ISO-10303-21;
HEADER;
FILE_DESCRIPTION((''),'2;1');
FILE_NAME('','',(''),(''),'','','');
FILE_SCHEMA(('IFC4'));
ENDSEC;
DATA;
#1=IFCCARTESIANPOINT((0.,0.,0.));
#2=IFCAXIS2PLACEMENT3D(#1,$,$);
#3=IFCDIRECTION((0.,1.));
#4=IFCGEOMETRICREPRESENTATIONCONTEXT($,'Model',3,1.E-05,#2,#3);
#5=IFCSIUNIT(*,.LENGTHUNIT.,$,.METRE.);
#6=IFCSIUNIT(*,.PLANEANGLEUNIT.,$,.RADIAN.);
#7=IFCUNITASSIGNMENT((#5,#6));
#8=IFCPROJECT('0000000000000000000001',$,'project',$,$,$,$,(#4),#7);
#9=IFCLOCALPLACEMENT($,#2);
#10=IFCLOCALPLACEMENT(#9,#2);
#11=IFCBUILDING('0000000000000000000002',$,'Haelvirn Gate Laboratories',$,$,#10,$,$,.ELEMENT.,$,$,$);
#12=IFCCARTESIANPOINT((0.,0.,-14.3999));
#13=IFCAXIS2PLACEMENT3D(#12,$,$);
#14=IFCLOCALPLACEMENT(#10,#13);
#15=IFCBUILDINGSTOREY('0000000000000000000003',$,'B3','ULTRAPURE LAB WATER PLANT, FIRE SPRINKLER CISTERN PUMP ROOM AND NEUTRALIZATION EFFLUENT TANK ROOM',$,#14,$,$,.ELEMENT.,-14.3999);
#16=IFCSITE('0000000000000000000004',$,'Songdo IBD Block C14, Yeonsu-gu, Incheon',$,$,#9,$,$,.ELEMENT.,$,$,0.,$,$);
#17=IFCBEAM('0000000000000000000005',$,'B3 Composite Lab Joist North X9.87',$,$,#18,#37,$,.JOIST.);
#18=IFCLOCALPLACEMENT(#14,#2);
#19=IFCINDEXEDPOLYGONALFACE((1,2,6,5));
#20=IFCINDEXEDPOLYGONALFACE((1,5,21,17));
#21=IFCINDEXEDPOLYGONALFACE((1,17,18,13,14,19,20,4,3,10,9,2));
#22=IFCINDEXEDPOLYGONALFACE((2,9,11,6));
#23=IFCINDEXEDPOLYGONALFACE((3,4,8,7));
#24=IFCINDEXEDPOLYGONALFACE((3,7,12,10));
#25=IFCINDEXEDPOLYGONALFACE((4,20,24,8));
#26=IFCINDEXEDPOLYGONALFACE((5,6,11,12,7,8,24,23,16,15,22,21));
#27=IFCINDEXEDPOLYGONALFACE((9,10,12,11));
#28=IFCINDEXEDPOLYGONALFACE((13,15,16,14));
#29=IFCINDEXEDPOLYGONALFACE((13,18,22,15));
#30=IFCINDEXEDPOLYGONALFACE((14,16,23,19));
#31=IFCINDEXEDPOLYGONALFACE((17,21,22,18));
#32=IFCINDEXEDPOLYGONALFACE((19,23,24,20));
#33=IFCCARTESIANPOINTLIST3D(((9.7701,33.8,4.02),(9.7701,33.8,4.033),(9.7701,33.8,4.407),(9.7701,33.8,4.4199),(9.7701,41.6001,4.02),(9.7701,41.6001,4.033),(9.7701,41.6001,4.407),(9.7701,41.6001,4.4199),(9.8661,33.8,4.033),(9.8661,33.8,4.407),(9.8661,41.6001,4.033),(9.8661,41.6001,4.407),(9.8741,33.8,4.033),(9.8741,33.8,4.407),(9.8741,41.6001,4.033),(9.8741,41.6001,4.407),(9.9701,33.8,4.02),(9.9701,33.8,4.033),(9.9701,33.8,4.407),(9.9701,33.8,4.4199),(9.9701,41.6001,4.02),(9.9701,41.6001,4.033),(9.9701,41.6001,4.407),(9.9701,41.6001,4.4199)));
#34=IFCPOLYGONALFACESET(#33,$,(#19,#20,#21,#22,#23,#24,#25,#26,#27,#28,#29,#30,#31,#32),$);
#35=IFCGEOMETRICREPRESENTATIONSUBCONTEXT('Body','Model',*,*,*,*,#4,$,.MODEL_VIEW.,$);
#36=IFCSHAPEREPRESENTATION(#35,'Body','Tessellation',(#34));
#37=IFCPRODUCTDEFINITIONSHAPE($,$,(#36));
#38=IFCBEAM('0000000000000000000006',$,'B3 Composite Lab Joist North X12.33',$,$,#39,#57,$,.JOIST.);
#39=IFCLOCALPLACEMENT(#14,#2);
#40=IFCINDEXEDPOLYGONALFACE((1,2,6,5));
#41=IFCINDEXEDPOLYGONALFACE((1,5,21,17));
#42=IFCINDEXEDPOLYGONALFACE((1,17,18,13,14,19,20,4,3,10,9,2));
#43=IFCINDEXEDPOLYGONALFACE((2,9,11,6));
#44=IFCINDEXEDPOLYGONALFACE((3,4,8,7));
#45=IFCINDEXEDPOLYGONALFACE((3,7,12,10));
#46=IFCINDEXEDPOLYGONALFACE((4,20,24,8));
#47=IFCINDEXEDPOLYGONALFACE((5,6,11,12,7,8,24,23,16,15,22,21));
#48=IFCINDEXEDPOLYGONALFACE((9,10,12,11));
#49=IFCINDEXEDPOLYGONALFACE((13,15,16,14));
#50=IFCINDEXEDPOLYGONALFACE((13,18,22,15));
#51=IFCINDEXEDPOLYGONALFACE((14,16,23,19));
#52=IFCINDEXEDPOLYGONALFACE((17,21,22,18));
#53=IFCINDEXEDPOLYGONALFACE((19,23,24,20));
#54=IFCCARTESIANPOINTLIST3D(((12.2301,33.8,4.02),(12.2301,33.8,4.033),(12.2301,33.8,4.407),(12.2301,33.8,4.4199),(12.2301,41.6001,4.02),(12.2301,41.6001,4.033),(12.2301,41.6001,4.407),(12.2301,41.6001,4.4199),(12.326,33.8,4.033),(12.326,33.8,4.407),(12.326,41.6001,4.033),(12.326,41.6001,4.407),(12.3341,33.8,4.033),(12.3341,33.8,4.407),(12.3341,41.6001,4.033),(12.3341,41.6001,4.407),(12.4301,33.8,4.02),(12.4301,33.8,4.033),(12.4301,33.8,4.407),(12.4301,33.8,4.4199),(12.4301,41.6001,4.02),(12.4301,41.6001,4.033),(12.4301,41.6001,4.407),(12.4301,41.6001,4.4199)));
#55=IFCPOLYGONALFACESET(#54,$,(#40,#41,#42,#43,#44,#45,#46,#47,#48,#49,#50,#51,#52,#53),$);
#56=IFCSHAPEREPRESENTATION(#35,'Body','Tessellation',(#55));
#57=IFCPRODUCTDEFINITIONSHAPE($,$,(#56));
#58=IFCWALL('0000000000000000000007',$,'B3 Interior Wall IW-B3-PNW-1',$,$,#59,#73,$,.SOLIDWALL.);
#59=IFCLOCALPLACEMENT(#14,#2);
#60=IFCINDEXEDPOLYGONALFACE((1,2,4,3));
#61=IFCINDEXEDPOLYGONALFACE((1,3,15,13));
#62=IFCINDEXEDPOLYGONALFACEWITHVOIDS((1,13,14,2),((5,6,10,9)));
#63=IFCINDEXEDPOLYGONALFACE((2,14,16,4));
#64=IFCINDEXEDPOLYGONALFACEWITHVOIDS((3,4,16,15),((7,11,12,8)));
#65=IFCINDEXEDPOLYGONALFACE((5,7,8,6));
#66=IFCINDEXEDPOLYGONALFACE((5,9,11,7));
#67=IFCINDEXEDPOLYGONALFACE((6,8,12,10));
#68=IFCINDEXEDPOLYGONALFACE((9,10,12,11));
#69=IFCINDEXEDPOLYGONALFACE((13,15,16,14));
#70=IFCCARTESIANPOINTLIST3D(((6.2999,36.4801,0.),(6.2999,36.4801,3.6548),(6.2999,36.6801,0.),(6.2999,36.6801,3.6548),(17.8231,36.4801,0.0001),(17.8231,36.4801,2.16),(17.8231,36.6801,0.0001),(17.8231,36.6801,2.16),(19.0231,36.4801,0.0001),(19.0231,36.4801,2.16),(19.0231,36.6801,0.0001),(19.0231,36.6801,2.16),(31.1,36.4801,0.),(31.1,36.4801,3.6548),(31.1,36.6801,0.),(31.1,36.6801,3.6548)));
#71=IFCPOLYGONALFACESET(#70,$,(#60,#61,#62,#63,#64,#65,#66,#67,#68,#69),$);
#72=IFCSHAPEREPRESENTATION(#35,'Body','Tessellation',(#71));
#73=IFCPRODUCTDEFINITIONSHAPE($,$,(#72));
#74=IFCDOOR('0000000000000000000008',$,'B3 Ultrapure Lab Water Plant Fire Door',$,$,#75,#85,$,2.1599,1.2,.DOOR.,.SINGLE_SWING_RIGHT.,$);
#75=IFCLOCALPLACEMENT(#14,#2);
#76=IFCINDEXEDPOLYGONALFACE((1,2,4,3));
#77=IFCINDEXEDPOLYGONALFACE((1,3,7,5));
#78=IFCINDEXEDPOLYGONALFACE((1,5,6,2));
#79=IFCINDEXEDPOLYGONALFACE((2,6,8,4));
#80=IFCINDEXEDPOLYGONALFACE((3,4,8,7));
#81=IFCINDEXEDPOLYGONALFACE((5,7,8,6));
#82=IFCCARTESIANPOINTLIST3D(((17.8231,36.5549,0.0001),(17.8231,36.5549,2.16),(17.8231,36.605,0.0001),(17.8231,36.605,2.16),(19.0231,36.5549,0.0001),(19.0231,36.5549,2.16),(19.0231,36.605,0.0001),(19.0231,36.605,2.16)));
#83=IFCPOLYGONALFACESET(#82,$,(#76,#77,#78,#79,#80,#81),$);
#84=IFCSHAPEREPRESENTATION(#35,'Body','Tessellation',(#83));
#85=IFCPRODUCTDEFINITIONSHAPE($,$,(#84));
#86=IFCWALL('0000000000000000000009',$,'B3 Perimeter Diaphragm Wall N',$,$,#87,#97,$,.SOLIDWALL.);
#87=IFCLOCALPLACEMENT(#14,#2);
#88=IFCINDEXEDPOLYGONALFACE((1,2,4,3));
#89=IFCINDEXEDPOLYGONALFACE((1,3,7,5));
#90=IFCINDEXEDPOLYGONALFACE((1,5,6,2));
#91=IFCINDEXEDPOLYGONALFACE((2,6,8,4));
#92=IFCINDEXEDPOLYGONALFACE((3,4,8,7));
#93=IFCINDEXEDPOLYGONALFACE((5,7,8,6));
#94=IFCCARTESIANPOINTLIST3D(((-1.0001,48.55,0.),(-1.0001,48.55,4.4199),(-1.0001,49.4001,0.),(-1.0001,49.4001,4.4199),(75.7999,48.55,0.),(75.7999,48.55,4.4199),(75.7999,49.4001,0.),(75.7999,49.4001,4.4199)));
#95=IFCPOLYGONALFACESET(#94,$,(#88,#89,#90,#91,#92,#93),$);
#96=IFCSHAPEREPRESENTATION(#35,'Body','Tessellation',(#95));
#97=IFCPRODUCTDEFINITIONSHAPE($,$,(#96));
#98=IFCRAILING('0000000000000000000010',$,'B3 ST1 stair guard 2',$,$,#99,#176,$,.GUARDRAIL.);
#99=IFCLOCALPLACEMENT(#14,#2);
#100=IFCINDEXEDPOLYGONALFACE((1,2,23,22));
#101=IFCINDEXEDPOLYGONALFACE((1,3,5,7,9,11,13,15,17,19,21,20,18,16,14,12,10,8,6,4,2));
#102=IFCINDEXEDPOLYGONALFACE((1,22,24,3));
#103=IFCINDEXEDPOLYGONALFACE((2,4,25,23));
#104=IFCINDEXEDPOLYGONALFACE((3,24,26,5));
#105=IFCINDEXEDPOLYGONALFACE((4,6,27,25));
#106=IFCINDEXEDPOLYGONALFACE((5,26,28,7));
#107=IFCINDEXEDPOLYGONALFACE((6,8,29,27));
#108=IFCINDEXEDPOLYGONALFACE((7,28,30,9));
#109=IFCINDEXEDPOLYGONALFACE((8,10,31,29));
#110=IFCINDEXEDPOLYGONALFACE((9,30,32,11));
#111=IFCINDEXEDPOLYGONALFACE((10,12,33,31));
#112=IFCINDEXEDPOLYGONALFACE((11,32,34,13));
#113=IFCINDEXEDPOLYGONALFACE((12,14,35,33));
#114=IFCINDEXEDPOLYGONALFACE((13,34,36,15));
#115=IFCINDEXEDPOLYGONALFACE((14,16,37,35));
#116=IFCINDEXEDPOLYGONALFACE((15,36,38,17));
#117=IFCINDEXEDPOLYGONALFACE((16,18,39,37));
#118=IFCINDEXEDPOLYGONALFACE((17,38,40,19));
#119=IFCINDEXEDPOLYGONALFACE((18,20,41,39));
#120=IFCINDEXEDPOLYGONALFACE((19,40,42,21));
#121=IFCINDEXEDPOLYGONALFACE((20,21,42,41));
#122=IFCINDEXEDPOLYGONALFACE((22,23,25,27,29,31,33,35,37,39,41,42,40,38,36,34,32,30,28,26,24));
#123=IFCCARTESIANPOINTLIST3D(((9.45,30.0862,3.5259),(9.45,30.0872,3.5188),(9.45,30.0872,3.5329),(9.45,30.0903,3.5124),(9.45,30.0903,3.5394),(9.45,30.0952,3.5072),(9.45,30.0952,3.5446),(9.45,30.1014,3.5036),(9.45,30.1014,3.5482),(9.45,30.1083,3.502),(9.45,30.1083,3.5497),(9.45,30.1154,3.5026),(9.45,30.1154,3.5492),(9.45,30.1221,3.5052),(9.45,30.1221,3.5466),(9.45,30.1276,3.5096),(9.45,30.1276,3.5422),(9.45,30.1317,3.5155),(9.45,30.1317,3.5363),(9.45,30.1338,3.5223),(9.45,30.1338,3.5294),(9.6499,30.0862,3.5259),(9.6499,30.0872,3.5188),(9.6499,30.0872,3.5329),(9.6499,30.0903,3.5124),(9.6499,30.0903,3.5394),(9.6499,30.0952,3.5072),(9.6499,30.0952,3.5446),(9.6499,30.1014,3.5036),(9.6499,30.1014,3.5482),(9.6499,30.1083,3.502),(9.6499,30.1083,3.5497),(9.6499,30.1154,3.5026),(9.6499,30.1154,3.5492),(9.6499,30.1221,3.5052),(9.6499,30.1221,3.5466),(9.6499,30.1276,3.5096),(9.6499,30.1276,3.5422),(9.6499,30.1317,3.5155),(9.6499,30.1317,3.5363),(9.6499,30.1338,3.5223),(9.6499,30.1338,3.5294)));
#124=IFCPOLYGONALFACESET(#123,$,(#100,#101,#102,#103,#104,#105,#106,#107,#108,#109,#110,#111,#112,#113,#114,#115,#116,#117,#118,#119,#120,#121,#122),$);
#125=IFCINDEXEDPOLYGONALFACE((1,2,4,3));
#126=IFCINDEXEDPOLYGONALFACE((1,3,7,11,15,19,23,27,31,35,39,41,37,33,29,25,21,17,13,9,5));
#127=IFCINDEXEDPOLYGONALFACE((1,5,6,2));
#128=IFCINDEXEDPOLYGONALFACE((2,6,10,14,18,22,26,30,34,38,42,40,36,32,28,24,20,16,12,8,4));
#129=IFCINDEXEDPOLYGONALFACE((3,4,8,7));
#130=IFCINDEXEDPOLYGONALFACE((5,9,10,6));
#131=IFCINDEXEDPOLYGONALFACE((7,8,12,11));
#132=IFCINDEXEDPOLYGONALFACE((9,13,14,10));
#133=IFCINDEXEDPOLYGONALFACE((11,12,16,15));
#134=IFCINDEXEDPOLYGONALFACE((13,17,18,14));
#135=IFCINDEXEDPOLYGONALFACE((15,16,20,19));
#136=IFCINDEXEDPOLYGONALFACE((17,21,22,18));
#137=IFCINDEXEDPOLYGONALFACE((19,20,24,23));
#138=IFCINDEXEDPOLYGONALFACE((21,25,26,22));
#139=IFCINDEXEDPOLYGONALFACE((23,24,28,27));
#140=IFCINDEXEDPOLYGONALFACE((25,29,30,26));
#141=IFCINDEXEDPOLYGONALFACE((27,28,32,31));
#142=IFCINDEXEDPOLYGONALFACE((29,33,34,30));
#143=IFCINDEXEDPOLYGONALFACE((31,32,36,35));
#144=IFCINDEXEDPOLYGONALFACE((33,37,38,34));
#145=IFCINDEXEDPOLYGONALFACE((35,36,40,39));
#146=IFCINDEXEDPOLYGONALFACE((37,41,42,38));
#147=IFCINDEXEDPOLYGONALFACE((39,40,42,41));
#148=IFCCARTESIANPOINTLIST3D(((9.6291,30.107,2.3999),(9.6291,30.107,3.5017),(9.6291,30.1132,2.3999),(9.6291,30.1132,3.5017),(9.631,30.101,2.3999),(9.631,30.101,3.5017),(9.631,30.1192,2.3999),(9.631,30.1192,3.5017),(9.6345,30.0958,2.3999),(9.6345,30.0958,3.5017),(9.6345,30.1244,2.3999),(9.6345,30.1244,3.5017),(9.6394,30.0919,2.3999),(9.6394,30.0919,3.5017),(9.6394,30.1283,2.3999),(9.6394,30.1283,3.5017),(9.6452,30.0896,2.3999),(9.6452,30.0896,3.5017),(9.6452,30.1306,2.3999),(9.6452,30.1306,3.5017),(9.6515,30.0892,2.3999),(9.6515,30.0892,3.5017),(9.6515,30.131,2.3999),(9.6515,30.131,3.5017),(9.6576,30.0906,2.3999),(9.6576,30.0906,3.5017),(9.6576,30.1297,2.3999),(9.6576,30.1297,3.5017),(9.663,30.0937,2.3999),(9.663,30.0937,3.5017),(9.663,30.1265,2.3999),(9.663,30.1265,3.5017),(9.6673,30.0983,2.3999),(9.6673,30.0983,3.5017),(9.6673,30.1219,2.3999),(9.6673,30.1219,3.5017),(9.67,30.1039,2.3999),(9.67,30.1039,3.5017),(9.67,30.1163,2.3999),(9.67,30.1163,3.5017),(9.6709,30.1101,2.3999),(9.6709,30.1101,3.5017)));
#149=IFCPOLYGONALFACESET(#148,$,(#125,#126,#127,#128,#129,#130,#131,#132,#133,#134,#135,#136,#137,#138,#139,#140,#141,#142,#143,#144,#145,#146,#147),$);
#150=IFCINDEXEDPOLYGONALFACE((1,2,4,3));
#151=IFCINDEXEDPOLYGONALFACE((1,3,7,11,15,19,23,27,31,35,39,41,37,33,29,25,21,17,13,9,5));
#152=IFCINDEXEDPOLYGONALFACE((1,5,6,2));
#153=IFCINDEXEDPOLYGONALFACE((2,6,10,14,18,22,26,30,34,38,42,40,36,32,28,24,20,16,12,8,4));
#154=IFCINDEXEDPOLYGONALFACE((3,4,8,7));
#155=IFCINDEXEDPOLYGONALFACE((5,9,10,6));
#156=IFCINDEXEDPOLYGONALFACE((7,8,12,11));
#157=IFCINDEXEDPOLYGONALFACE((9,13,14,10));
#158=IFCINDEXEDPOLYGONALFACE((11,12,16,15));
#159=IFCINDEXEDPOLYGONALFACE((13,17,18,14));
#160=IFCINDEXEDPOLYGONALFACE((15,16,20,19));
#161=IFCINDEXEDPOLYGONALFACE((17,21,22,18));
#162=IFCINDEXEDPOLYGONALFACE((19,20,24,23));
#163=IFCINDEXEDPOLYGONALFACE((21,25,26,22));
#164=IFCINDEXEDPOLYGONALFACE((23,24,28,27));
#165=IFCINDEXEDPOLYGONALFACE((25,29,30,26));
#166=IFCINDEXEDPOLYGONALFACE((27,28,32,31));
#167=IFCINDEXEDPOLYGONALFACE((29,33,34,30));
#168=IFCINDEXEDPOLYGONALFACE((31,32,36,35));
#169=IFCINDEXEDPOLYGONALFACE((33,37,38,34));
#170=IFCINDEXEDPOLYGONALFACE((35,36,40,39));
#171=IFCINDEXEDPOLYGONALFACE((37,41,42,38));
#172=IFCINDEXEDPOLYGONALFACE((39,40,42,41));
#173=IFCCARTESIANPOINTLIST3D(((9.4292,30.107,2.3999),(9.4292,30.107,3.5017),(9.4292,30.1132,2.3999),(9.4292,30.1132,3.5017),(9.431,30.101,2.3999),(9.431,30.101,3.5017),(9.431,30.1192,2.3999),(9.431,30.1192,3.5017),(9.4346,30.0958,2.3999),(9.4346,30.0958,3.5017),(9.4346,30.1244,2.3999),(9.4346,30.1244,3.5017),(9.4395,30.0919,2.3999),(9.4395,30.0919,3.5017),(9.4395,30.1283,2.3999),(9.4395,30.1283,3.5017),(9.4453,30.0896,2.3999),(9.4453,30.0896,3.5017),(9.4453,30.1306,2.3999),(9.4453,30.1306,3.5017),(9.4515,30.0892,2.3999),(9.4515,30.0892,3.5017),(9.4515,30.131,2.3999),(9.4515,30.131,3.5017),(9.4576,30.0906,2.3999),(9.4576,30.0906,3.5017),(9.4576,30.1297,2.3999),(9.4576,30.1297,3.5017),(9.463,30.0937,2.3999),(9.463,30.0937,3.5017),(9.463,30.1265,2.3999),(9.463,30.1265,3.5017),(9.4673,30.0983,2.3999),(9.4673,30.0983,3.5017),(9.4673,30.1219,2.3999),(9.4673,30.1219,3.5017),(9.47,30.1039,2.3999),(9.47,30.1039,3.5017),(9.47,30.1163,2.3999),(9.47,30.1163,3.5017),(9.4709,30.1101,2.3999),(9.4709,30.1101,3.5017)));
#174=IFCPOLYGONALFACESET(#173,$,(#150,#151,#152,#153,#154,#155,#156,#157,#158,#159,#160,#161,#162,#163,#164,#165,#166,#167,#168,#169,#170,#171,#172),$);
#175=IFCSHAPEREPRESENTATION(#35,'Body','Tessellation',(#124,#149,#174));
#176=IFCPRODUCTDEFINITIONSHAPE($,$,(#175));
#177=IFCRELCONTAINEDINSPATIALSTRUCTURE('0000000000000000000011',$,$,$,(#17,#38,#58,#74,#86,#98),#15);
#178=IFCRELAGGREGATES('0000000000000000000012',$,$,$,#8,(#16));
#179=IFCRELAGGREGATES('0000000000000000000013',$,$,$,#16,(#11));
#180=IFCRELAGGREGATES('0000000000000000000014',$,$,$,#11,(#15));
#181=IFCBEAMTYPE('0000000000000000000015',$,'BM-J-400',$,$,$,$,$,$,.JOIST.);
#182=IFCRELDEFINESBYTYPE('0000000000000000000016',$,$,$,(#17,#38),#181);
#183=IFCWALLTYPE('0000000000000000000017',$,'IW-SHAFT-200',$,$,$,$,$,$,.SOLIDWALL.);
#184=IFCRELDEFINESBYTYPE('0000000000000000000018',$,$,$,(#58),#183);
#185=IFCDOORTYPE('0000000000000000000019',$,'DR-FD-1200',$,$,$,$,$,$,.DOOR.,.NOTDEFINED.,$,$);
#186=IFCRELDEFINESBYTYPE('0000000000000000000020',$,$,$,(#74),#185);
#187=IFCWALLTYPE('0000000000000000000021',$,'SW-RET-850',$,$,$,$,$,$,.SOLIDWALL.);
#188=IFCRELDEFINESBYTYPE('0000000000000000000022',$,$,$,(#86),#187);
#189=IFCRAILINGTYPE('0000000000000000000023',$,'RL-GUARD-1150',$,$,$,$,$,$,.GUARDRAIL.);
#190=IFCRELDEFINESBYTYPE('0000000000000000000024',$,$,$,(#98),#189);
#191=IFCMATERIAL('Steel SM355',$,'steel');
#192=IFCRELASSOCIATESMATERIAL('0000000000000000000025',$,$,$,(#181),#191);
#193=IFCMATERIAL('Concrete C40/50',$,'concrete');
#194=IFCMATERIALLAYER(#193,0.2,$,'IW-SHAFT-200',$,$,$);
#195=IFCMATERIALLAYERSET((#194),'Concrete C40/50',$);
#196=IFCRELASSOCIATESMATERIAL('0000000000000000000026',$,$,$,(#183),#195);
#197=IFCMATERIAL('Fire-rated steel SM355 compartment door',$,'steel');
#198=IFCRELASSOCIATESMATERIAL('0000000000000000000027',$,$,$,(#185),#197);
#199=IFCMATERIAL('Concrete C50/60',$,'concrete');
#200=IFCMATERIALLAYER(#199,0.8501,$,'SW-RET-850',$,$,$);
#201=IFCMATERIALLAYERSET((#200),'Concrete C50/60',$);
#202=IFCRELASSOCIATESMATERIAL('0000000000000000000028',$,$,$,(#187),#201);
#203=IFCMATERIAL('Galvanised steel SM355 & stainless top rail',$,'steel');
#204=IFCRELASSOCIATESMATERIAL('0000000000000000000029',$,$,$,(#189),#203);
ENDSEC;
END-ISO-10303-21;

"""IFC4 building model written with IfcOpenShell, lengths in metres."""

from ifc_helpers import new_model, si_unit, direction, frame, frame_2d, origin, origin_2d, place, context, subcontext, project, spatial, rectangle, circle, i_section, extrude, source, transform, mapped, material, layer, layer_set, material_profile, profile_set, type_object, type_shapes, element, fill, save


model = new_model("IFC4")

# Units and contexts
model_context = context("Model", 3, precision=1e-05, world=origin(), true_north=direction((0.0, 1.0)))
body_context = subcontext(model_context, "Body", "Model", "MODEL_VIEW")
ifc_project = project(units=[si_unit("LENGTHUNIT", "METRE"), si_unit("PLANEANGLEUNIT", "RADIAN")], contexts=[model_context])

# Site, building, storey
site_placement = place(None, origin())
site = spatial("IfcSite", under=ifc_project, at=site_placement, Name="Songdo IBD Block C14, Yeonsu-gu, Incheon", CompositionType="ELEMENT", RefElevation=0.0)
building_placement = place(site_placement, origin())
building = spatial("IfcBuilding", under=site, at=building_placement, Name="Haelvirn Gate Laboratories", CompositionType="ELEMENT")
storey_placement = place(building_placement, frame((0.0, 0.0, -14.3999)))
storey = spatial("IfcBuildingStorey", under=building, at=storey_placement, Name="B3", Description="ULTRAPURE LAB WATER PLANT, FIRE SPRINKLER CISTERN PUMP ROOM AND NEUTRALIZATION EFFLUENT TANK ROOM", CompositionType="ELEMENT", Elevation=-14.3999)

# Shared definitions
ifc_material_1 = material(Name="Concrete C50/60", Category="concrete")

# Beams
ifc_material_2 = material(Name="Steel SM355", Category="steel")
ifc_material_profile_1 = material_profile(ifc_material_2, i_section(OverallWidth=0.2, OverallDepth=0.3999, WebThickness=0.0081, FlangeThickness=0.0129, at=origin_2d()), Name="H-400x200x8x13")
ifc_profile_set_1 = profile_set([ifc_material_profile_1], Name="Steel SM355")
beam_type_1 = type_object("IfcBeamType", Name="BM-J-400", PredefinedType="JOIST", material=ifc_profile_set_1)
shared_shape_1 = source(origin(), body_context, "Body", "SweptSolid", [
    extrude(i_section(OverallWidth=0.2, OverallDepth=0.3999, WebThickness=0.0081, FlangeThickness=0.0129, at=origin_2d()), origin(), (0.0, 0.0, 1.0), 7.8),
])
type_shapes(beam_type_1, [shared_shape_1])
for number, where, z_axis, x_axis, name in (
    (1, (9.8701, 33.8, 4.22), (0.0, 1.0, 0.0), (-1.0, 0.0, 0.0), "B3 Composite Lab Joist North X9.87"),
    (2, (12.3301, 33.8, 4.22), (0.0, 1.0, 0.0), (-1.0, 0.0, 0.0), "B3 Composite Lab Joist North X12.33"),
):
    element("IfcBeam", number, at=place(storey_placement, frame(where, z_axis=z_axis, x_axis=x_axis)), inside=storey, type_object=beam_type_1, Name=name, PredefinedType="JOIST", context=body_context, shape_type="MappedRepresentation", body=[
        mapped(shared_shape_1, transform((0.0, 0.0, 0.0), scale=1.0)),
    ])

# Wall, opening, door
ifc_material_3 = material(Name="Concrete C40/50", Category="concrete")
ifc_layer_1 = layer(ifc_material_3, 0.2, Name="IW-SHAFT-200")
ifc_layer_set_1 = layer_set([ifc_layer_1], Name="Concrete C40/50")
wall_type_1 = type_object("IfcWallType", Name="IW-SHAFT-200", PredefinedType="SOLIDWALL", material=ifc_layer_set_1)
wall_1_placement = place(storey_placement, frame((6.3, 36.5801, 0.0), z_axis=(0.0, 0.0, 1.0), x_axis=(1.0, 0.0, 0.0)))
wall_1 = element("IfcWall", 3, at=wall_1_placement, inside=storey, type_object=wall_type_1, Name="B3 Interior Wall IW-B3-PNW-1", PredefinedType="SOLIDWALL", context=body_context, shape_type="SweptSolid", body=[
    extrude(rectangle(XDim=24.8, YDim=0.2, at=frame_2d((12.3999, 0.0))), origin(), (0.0, 0.0, 1.0), 3.6548),
])
opening_1_placement = place(wall_1_placement, frame((11.5229, 0.0, 0.0)))
opening_1 = element("IfcOpeningElement", 4, at=opening_1_placement, cuts=wall_1, PredefinedType="OPENING", context=body_context, shape_type="SweptSolid", body=[
    extrude(rectangle(XDim=1.2, YDim=2.1599, at=frame_2d((0.6001, 1.0801))), frame((0.0, 0.1099, 0.0), z_axis=(0.0, -1.0, 0.0), x_axis=(1.0, 0.0, 0.0)), (0.0, 0.0, 1.0), 0.22),
])
ifc_material_4 = material(Name="Fire-rated steel SM355 compartment door", Category="steel")
door_type_1 = type_object("IfcDoorType", Name="DR-FD-1200", OperationType="NOTDEFINED", PredefinedType="DOOR", material=ifc_material_4)
shared_shape_2 = source(origin(), body_context, "Body", "SweptSolid", [
    extrude(rectangle(XDim=1.2, YDim=2.1599, at=frame_2d((0.6001, 1.0801))), frame((0.0, 0.0249, 0.0), z_axis=(0.0, -1.0, 0.0), x_axis=(1.0, 0.0, 0.0)), (0.0, 0.0, 1.0), 0.05),
])
type_shapes(door_type_1, [shared_shape_2])
door_1_placement = place(opening_1_placement, origin())
door_1 = element("IfcDoor", 5, at=door_1_placement, inside=storey, type_object=door_type_1, Name="B3 Ultrapure Lab Water Plant Fire Door", OperationType="SINGLE_SWING_RIGHT", OverallHeight=2.1599, OverallWidth=1.2, PredefinedType="DOOR", context=body_context, shape_type="MappedRepresentation", body=[
    mapped(shared_shape_2, transform((0.0, 0.0, 0.0), scale=1.0)),
])
fill(opening_1, door_1)

# Wall
ifc_layer_2 = layer(ifc_material_1, 0.8501, Name="SW-RET-850")
ifc_layer_set_2 = layer_set([ifc_layer_2], Name="Concrete C50/60")
wall_type_2 = type_object("IfcWallType", Name="SW-RET-850", PredefinedType="SOLIDWALL", material=ifc_layer_set_2)
wall_2_placement = place(storey_placement, frame((-1.0, 48.9751, 0.0), z_axis=(0.0, 0.0, 1.0), x_axis=(1.0, 0.0, 0.0)))
element("IfcWall", 6, at=wall_2_placement, inside=storey, type_object=wall_type_2, Name="B3 Perimeter Diaphragm Wall N", PredefinedType="SOLIDWALL", context=body_context, shape_type="SweptSolid", body=[
    extrude(rectangle(XDim=76.8, YDim=0.8501, at=frame_2d((38.3999, 0.0))), origin(), (0.0, 0.0, 1.0), 4.4199),
])

# Railing
ifc_material_5 = material(Name="Galvanised steel SM355 & stainless top rail", Category="steel")
railing_type = type_object("IfcRailingType", Name="RL-GUARD-1150", PredefinedType="GUARDRAIL", material=ifc_material_5)
shared_shape_3 = source(origin(), body_context, "Body", "SweptSolid", [
    extrude(circle(Radius=0.0239, at=origin_2d()), frame((0.0, 0.0, 1.126), z_axis=(-1.0, 0.0, 0.0), x_axis=(0.0, -1.0, 0.0)), (0.0, 0.0, 1.0), 0.2),
    extrude(circle(Radius=0.021, at=origin_2d()), origin(), (0.0, 0.0, 1.0), 1.1018),
    extrude(circle(Radius=0.021, at=origin_2d()), frame((-0.2, 0.0, 0.0)), (0.0, 0.0, 1.0), 1.1018),
])
type_shapes(railing_type, [shared_shape_3])
railing_placement = place(storey_placement, frame((9.6499, 30.1101, 2.3999)))
element("IfcRailing", 7, at=railing_placement, inside=storey, type_object=railing_type, Name="B3 ST1 stair guard 2", PredefinedType="GUARDRAIL", context=body_context, shape_type="MappedRepresentation", body=[
    mapped(shared_shape_3, transform((0.0, 0.0, 0.0), scale=1.0)),
])

save(model, "model.ifc")
